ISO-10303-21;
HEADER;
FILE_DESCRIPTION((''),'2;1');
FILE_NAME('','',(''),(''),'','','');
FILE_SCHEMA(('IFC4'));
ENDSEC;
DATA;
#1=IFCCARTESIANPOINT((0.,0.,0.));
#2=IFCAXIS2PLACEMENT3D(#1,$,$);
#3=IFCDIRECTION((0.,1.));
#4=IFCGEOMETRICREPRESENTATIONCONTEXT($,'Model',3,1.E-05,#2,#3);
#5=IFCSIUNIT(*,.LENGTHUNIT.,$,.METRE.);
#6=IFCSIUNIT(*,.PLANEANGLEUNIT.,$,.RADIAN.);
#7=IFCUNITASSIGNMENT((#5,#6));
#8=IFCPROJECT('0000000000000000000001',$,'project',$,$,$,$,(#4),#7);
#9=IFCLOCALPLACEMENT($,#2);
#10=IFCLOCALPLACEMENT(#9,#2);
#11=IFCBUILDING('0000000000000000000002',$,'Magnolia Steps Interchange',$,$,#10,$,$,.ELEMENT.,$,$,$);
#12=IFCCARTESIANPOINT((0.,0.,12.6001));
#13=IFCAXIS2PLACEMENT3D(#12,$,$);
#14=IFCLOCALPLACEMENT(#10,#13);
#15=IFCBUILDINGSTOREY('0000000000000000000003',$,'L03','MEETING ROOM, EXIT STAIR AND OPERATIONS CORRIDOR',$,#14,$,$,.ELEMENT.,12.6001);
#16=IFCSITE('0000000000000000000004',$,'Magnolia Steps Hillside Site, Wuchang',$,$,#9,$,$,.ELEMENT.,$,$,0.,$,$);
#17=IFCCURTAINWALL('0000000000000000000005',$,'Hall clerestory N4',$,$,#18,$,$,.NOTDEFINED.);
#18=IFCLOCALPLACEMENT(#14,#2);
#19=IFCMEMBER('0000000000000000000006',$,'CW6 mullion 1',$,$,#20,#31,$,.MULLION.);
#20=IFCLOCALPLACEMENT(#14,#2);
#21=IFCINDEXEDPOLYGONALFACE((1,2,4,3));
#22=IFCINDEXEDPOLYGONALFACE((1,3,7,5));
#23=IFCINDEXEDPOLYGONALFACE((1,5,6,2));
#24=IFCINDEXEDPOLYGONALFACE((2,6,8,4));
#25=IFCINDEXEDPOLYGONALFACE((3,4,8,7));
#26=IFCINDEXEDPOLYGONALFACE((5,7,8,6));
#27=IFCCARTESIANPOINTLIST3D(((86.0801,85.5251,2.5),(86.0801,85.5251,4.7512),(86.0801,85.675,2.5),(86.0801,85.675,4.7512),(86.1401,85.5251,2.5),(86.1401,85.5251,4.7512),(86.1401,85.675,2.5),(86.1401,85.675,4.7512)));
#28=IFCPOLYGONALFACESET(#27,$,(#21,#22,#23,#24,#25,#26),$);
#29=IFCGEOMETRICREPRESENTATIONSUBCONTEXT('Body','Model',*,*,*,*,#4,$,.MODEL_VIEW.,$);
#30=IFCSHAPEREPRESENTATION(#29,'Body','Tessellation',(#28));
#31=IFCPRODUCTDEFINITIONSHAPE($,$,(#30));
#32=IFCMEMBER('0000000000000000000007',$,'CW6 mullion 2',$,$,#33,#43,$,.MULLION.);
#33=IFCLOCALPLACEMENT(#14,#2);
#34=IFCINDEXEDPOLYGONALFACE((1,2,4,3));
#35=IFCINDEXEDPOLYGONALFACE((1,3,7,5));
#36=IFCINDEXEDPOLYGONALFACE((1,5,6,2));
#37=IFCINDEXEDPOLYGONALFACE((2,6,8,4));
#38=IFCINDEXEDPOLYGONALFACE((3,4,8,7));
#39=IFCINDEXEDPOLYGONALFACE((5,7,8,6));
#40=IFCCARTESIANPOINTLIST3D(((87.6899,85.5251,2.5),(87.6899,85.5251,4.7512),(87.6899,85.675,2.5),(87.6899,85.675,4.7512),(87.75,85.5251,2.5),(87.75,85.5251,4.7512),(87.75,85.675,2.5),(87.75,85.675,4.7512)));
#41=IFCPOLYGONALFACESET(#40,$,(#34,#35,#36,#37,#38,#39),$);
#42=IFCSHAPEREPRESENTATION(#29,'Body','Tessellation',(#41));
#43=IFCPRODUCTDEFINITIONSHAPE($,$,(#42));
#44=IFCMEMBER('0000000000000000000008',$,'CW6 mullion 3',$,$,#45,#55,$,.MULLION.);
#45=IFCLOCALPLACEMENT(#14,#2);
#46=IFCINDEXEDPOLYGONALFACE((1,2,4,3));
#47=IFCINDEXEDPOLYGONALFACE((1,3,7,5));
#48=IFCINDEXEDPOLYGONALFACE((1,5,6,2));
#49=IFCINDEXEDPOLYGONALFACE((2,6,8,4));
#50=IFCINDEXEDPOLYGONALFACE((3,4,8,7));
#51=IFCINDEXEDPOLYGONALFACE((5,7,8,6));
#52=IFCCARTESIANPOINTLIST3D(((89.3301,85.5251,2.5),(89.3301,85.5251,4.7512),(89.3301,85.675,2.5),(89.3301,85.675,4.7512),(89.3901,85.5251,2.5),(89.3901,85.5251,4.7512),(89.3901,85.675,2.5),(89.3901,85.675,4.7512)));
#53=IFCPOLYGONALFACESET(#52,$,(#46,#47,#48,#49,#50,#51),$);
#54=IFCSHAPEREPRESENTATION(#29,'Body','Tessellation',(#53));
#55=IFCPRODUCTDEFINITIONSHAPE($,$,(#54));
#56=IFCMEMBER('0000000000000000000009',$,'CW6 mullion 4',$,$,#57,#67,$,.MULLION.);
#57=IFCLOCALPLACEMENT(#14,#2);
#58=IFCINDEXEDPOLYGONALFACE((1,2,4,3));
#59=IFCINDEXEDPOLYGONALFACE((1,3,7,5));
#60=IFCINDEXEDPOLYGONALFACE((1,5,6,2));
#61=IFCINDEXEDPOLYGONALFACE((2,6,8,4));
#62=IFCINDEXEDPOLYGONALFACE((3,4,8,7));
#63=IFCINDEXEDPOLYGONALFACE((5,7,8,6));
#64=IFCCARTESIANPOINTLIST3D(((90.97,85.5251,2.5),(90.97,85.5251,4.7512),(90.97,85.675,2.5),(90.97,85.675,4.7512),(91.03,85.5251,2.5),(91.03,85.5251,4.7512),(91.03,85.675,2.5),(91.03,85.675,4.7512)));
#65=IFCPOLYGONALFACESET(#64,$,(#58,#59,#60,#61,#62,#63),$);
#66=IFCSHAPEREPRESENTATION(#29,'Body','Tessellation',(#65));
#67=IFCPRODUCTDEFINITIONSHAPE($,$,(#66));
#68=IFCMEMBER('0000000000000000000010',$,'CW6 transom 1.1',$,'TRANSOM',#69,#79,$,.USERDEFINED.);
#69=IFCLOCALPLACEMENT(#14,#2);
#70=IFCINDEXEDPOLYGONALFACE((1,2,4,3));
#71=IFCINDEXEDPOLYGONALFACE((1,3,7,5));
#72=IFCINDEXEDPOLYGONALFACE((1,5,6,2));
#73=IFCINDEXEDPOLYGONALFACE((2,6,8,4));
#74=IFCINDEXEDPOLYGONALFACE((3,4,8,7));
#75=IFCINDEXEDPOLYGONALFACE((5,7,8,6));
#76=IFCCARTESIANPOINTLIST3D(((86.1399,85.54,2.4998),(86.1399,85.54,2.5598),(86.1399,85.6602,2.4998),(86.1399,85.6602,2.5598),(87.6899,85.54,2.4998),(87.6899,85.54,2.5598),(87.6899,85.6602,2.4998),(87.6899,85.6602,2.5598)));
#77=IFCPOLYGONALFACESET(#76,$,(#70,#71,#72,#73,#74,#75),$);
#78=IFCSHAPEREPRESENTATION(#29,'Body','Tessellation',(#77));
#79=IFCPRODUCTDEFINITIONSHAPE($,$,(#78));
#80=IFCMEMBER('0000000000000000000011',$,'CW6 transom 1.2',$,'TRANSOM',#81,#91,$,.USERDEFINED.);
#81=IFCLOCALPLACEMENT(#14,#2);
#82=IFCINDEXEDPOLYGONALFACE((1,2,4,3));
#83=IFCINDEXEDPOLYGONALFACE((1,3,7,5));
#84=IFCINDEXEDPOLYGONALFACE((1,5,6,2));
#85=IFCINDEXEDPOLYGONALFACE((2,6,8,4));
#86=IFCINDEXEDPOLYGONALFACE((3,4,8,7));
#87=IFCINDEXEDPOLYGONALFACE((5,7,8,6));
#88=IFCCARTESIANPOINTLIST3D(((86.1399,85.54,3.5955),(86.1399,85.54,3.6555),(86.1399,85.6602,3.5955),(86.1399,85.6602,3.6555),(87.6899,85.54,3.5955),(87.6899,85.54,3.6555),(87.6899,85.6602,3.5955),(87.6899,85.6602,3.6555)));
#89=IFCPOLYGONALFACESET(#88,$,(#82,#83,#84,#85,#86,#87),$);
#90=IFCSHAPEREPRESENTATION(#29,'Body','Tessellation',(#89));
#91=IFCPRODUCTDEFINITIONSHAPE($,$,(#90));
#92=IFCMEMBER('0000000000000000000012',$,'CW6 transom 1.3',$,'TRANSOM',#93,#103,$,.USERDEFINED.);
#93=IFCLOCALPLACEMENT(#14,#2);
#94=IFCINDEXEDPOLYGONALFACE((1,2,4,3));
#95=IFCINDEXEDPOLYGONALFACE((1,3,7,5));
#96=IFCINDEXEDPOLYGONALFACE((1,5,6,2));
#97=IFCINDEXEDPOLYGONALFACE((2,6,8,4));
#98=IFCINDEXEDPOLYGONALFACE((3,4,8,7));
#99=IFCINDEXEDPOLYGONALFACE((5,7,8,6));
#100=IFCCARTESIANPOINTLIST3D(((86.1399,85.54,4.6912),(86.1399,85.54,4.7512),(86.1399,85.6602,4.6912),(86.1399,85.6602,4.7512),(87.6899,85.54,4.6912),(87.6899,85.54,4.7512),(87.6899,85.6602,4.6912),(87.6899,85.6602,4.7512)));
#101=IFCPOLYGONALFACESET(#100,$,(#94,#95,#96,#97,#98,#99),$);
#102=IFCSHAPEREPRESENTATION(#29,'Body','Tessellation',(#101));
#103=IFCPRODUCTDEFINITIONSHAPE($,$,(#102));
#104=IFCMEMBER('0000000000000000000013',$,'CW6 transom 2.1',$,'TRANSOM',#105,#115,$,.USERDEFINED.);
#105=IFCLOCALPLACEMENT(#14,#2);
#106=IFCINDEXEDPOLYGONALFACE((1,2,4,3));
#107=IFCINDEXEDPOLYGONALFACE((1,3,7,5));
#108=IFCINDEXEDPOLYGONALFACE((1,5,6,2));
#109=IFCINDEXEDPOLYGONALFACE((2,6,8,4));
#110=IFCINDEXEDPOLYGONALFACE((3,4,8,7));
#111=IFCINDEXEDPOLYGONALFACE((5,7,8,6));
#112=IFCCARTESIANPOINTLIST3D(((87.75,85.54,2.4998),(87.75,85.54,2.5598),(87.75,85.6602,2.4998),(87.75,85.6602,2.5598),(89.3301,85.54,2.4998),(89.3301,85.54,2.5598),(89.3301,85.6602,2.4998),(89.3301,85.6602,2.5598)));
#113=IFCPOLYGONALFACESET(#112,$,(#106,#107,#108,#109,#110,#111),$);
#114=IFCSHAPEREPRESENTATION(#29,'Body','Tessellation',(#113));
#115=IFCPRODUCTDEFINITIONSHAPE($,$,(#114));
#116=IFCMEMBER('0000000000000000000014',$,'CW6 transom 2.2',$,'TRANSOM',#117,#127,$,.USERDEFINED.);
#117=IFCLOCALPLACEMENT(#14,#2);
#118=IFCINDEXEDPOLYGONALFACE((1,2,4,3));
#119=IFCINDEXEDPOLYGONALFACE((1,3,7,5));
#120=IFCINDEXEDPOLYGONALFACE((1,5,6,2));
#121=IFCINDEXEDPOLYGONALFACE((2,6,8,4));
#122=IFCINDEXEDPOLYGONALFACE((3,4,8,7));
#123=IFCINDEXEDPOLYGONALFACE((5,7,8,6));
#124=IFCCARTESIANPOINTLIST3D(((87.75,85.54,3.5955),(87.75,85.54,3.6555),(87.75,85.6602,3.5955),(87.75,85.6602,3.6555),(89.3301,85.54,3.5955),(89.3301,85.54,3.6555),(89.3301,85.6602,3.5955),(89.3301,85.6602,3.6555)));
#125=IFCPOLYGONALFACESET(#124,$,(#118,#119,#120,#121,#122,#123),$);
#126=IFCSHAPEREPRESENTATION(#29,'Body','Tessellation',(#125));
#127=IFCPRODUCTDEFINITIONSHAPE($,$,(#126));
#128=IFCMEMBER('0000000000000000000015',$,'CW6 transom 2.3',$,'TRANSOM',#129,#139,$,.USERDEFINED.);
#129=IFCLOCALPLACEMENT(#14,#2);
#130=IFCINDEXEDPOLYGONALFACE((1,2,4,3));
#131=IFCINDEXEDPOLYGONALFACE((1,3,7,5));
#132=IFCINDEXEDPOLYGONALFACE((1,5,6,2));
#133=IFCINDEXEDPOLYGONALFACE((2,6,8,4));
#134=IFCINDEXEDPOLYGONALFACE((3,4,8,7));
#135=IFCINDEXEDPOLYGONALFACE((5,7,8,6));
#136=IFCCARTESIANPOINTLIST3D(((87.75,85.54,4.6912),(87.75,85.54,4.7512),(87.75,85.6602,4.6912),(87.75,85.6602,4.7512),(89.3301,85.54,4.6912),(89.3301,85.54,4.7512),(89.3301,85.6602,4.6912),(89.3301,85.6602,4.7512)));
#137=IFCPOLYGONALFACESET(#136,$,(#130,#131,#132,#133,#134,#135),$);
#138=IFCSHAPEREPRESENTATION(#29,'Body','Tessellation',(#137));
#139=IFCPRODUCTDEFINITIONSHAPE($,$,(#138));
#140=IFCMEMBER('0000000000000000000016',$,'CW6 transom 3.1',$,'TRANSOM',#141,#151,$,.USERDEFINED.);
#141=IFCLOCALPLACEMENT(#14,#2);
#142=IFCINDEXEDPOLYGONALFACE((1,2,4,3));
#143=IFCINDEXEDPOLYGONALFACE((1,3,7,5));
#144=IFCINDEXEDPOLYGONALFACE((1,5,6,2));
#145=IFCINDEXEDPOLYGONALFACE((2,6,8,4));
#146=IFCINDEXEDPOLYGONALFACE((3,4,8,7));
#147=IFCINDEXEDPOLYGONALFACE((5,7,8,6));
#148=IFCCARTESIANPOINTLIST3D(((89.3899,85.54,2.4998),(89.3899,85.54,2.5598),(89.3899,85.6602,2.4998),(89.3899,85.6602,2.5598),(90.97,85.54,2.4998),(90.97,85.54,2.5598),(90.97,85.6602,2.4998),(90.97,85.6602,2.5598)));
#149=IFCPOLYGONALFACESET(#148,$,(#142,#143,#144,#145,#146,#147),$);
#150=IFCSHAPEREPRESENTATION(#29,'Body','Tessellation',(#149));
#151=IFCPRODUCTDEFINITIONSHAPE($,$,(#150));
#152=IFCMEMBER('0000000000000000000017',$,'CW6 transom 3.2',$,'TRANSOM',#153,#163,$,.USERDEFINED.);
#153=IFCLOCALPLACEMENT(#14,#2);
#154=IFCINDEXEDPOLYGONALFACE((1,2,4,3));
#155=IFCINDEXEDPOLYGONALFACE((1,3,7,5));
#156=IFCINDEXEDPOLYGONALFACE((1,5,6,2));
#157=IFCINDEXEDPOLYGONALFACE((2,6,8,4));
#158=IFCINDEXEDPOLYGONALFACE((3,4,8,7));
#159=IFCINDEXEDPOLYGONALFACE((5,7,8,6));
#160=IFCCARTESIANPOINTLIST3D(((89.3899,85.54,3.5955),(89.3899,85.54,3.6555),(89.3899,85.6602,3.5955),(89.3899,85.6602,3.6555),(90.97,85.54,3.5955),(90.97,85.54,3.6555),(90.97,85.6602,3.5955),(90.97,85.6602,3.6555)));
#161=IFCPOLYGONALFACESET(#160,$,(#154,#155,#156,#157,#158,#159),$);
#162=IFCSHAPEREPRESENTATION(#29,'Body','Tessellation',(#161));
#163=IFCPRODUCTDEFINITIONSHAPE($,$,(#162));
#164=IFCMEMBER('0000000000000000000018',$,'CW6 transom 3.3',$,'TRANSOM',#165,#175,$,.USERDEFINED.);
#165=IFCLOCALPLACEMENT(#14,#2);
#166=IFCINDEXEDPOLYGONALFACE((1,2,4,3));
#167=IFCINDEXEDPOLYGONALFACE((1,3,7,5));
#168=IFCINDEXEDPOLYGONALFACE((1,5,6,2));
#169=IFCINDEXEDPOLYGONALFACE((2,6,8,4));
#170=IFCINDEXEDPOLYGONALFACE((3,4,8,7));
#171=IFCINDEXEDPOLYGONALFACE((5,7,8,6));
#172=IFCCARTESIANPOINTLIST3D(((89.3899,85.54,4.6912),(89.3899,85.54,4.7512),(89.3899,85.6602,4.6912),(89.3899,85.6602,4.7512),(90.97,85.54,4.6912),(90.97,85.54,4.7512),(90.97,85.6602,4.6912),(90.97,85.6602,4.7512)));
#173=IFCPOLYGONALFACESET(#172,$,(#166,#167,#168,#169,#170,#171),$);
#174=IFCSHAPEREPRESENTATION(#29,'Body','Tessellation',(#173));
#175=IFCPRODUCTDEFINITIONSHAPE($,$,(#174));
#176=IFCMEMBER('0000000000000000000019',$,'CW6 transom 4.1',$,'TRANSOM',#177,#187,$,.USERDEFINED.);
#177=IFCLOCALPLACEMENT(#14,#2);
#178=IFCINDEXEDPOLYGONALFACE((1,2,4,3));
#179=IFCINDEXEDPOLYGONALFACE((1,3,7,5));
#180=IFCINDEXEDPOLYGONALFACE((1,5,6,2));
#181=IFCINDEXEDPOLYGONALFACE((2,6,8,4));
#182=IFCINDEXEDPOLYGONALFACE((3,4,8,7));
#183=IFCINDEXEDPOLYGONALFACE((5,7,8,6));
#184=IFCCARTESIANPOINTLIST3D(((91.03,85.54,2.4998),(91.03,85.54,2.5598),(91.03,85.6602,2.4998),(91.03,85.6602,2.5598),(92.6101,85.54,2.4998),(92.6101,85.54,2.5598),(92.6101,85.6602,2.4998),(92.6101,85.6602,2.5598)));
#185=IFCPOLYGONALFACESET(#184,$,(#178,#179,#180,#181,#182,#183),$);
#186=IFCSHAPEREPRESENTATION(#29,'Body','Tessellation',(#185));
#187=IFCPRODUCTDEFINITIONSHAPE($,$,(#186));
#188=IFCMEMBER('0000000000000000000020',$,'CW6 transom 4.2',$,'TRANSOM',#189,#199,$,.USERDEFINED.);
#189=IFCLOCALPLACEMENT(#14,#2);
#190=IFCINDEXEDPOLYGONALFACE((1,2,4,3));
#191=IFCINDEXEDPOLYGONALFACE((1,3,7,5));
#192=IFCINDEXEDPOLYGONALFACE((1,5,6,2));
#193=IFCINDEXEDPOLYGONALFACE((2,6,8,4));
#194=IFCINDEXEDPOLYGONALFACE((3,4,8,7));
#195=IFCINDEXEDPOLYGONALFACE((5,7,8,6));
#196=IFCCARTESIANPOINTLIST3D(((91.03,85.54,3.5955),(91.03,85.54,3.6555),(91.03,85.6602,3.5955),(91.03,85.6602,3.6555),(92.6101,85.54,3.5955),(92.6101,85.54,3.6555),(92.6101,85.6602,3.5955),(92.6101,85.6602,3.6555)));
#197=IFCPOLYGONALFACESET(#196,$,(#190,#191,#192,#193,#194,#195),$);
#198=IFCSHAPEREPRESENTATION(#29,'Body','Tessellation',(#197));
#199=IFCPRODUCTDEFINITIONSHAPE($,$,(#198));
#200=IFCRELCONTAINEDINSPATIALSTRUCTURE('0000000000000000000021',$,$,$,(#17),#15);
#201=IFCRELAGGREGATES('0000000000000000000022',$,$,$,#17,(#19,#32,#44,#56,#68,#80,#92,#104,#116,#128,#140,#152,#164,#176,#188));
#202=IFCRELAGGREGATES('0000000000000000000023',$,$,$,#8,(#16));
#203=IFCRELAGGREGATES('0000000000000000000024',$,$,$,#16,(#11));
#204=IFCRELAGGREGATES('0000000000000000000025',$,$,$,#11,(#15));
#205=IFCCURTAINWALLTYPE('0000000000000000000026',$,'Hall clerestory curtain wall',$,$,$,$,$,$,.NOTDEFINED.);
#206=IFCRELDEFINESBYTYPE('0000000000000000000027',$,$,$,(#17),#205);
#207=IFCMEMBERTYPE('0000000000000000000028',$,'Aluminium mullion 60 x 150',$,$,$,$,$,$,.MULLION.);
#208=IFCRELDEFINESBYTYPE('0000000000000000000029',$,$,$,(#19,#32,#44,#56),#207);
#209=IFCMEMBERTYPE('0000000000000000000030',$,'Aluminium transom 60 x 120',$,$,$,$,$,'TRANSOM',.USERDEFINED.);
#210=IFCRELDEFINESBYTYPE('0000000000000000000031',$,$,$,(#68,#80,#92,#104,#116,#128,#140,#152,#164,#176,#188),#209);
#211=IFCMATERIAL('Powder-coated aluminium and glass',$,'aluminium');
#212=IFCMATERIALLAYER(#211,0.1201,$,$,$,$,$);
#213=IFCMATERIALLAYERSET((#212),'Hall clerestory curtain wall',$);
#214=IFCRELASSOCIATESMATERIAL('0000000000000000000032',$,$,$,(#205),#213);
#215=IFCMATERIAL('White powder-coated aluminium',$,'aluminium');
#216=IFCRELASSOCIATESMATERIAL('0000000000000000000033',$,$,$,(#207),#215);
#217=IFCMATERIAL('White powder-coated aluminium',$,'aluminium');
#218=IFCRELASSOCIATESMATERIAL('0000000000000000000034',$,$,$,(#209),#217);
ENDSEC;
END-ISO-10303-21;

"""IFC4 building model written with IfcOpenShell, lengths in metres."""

from ifc_helpers import new_model, si_unit, direction, frame, origin, origin_2d, place, context, subcontext, project, spatial, rectangle, extrude, material, layer, layer_set, material_profile, profile_set, type_object, element, aggregate, save


model = new_model("IFC4")

# Units and contexts
model_context = context("Model", 3, precision=1e-05, world=origin(), true_north=direction((0.0, 1.0)))
body_context = subcontext(model_context, "Body", "Model", "MODEL_VIEW")
ifc_project = project(units=[si_unit("LENGTHUNIT", "METRE"), si_unit("PLANEANGLEUNIT", "RADIAN")], contexts=[model_context])

# Site, building, storey
site_placement = place(None, origin())
site = spatial("IfcSite", under=ifc_project, at=site_placement, Name="Magnolia Steps Hillside Site, Wuchang", CompositionType="ELEMENT", RefElevation=0.0)
building_placement = place(site_placement, origin())
building = spatial("IfcBuilding", under=site, at=building_placement, Name="Magnolia Steps Interchange", CompositionType="ELEMENT")
storey_placement = place(building_placement, frame((0.0, 0.0, 12.6001)))
storey = spatial("IfcBuildingStorey", under=building, at=storey_placement, Name="L03", Description="MEETING ROOM, EXIT STAIR AND OPERATIONS CORRIDOR", CompositionType="ELEMENT", Elevation=12.6001)

# Curtain wall, members
ifc_material_1 = material(Name="Powder-coated aluminium and glass", Category="aluminium")
ifc_layer_1 = layer(ifc_material_1, 0.1201)
ifc_layer_set_1 = layer_set([ifc_layer_1], Name="Hall clerestory curtain wall")
curtain_wall_type = type_object("IfcCurtainWallType", Name="Hall clerestory curtain wall", PredefinedType="NOTDEFINED", material=ifc_layer_set_1)
curtain_wall_placement = place(storey_placement, origin())
curtain_wall = element("IfcCurtainWall", 1, at=curtain_wall_placement, inside=storey, type_object=curtain_wall_type, Name="Hall clerestory N4", PredefinedType="NOTDEFINED")
ifc_material_2 = material(Name="White powder-coated aluminium", Category="aluminium")
ifc_material_profile_1 = material_profile(ifc_material_2, rectangle(XDim=0.0601, YDim=0.1499, at=origin_2d()), Name="Aluminium mullion 60 x 150")
ifc_profile_set_1 = profile_set([ifc_material_profile_1], Name="White powder-coated aluminium")
member_type_1 = type_object("IfcMemberType", Name="Aluminium mullion 60 x 150", PredefinedType="MULLION", material=ifc_profile_set_1)
member_1_placement = place(storey_placement, frame((86.1101, 85.6001, 2.5), z_axis=(0.0, 0.0, 1.0), x_axis=(1.0, 0.0, 0.0)))
member_1 = element("IfcMember", 2, at=member_1_placement, type_object=member_type_1, Name="CW6 mullion 1", PredefinedType="MULLION", context=body_context, shape_type="SweptSolid", body=[
    extrude(rectangle(XDim=0.0601, YDim=0.1499, at=origin_2d()), origin(), (0.0, 0.0, 1.0), 2.2512),
])
member_2_placement = place(storey_placement, frame((87.72, 85.6001, 2.5), z_axis=(0.0, 0.0, 1.0), x_axis=(1.0, 0.0, 0.0)))
member_2 = element("IfcMember", 3, at=member_2_placement, type_object=member_type_1, Name="CW6 mullion 2", PredefinedType="MULLION", context=body_context, shape_type="SweptSolid", body=[
    extrude(rectangle(XDim=0.0601, YDim=0.1499, at=origin_2d()), origin(), (0.0, 0.0, 1.0), 2.2512),
])
member_3_placement = place(storey_placement, frame((89.3601, 85.6001, 2.5), z_axis=(0.0, 0.0, 1.0), x_axis=(1.0, 0.0, 0.0)))
member_3 = element("IfcMember", 4, at=member_3_placement, type_object=member_type_1, Name="CW6 mullion 3", PredefinedType="MULLION", context=body_context, shape_type="SweptSolid", body=[
    extrude(rectangle(XDim=0.0601, YDim=0.1499, at=origin_2d()), origin(), (0.0, 0.0, 1.0), 2.2512),
])
member_4_placement = place(storey_placement, frame((91.0, 85.6001, 2.5), z_axis=(0.0, 0.0, 1.0), x_axis=(1.0, 0.0, 0.0)))
member_4 = element("IfcMember", 5, at=member_4_placement, type_object=member_type_1, Name="CW6 mullion 4", PredefinedType="MULLION", context=body_context, shape_type="SweptSolid", body=[
    extrude(rectangle(XDim=0.0601, YDim=0.1499, at=origin_2d()), origin(), (0.0, 0.0, 1.0), 2.2512),
])
ifc_material_3 = material(Name="White powder-coated aluminium", Category="aluminium")
ifc_material_profile_2 = material_profile(ifc_material_3, rectangle(XDim=0.0601, YDim=0.1201, at=origin_2d()), Name="Aluminium transom 60 x 120")
ifc_profile_set_2 = profile_set([ifc_material_profile_2], Name="White powder-coated aluminium")
member_type_2 = type_object("IfcMemberType", Name="Aluminium transom 60 x 120", ElementType="TRANSOM", PredefinedType="USERDEFINED", material=ifc_profile_set_2)
member_5_placement = place(storey_placement, frame((86.1399, 85.6001, 2.5298), z_axis=(1.0, 0.0, 0.0), x_axis=(0.0, 0.0, 1.0)))
member_5 = element("IfcMember", 6, at=member_5_placement, type_object=member_type_2, Name="CW6 transom 1.1", ObjectType="TRANSOM", PredefinedType="USERDEFINED", context=body_context, shape_type="SweptSolid", body=[
    extrude(rectangle(XDim=0.0601, YDim=0.1201, at=origin_2d()), origin(), (0.0, 0.0, 1.0), 1.55),
])
member_6_placement = place(storey_placement, frame((86.1399, 85.6001, 3.6255), z_axis=(1.0, 0.0, 0.0), x_axis=(0.0, 0.0, 1.0)))
member_6 = element("IfcMember", 7, at=member_6_placement, type_object=member_type_2, Name="CW6 transom 1.2", ObjectType="TRANSOM", PredefinedType="USERDEFINED", context=body_context, shape_type="SweptSolid", body=[
    extrude(rectangle(XDim=0.0601, YDim=0.1201, at=origin_2d()), origin(), (0.0, 0.0, 1.0), 1.55),
])
member_7_placement = place(storey_placement, frame((86.1399, 85.6001, 4.7212), z_axis=(1.0, 0.0, 0.0), x_axis=(0.0, 0.0, 1.0)))
member_7 = element("IfcMember", 8, at=member_7_placement, type_object=member_type_2, Name="CW6 transom 1.3", ObjectType="TRANSOM", PredefinedType="USERDEFINED", context=body_context, shape_type="SweptSolid", body=[
    extrude(rectangle(XDim=0.0601, YDim=0.1201, at=origin_2d()), origin(), (0.0, 0.0, 1.0), 1.55),
])
member_8_placement = place(storey_placement, frame((87.75, 85.6001, 2.5298), z_axis=(1.0, 0.0, 0.0), x_axis=(0.0, 0.0, 1.0)))
member_8 = element("IfcMember", 9, at=member_8_placement, type_object=member_type_2, Name="CW6 transom 2.1", ObjectType="TRANSOM", PredefinedType="USERDEFINED", context=body_context, shape_type="SweptSolid", body=[
    extrude(rectangle(XDim=0.0601, YDim=0.1201, at=origin_2d()), origin(), (0.0, 0.0, 1.0), 1.5801),
])
member_9_placement = place(storey_placement, frame((87.75, 85.6001, 3.6255), z_axis=(1.0, 0.0, 0.0), x_axis=(0.0, 0.0, 1.0)))
member_9 = element("IfcMember", 10, at=member_9_placement, type_object=member_type_2, Name="CW6 transom 2.2", ObjectType="TRANSOM", PredefinedType="USERDEFINED", context=body_context, shape_type="SweptSolid", body=[
    extrude(rectangle(XDim=0.0601, YDim=0.1201, at=origin_2d()), origin(), (0.0, 0.0, 1.0), 1.5801),
])
member_10_placement = place(storey_placement, frame((87.75, 85.6001, 4.7212), z_axis=(1.0, 0.0, 0.0), x_axis=(0.0, 0.0, 1.0)))
member_10 = element("IfcMember", 11, at=member_10_placement, type_object=member_type_2, Name="CW6 transom 2.3", ObjectType="TRANSOM", PredefinedType="USERDEFINED", context=body_context, shape_type="SweptSolid", body=[
    extrude(rectangle(XDim=0.0601, YDim=0.1201, at=origin_2d()), origin(), (0.0, 0.0, 1.0), 1.5801),
])
member_11_placement = place(storey_placement, frame((89.3899, 85.6001, 2.5298), z_axis=(1.0, 0.0, 0.0), x_axis=(0.0, 0.0, 1.0)))
member_11 = element("IfcMember", 12, at=member_11_placement, type_object=member_type_2, Name="CW6 transom 3.1", ObjectType="TRANSOM", PredefinedType="USERDEFINED", context=body_context, shape_type="SweptSolid", body=[
    extrude(rectangle(XDim=0.0601, YDim=0.1201, at=origin_2d()), origin(), (0.0, 0.0, 1.0), 1.5801),
])
member_12_placement = place(storey_placement, frame((89.3899, 85.6001, 3.6255), z_axis=(1.0, 0.0, 0.0), x_axis=(0.0, 0.0, 1.0)))
member_12 = element("IfcMember", 13, at=member_12_placement, type_object=member_type_2, Name="CW6 transom 3.2", ObjectType="TRANSOM", PredefinedType="USERDEFINED", context=body_context, shape_type="SweptSolid", body=[
    extrude(rectangle(XDim=0.0601, YDim=0.1201, at=origin_2d()), origin(), (0.0, 0.0, 1.0), 1.5801),
])
member_13_placement = place(storey_placement, frame((89.3899, 85.6001, 4.7212), z_axis=(1.0, 0.0, 0.0), x_axis=(0.0, 0.0, 1.0)))
member_13 = element("IfcMember", 14, at=member_13_placement, type_object=member_type_2, Name="CW6 transom 3.3", ObjectType="TRANSOM", PredefinedType="USERDEFINED", context=body_context, shape_type="SweptSolid", body=[
    extrude(rectangle(XDim=0.0601, YDim=0.1201, at=origin_2d()), origin(), (0.0, 0.0, 1.0), 1.5801),
])
member_14_placement = place(storey_placement, frame((91.03, 85.6001, 2.5298), z_axis=(1.0, 0.0, 0.0), x_axis=(0.0, 0.0, 1.0)))
member_14 = element("IfcMember", 15, at=member_14_placement, type_object=member_type_2, Name="CW6 transom 4.1", ObjectType="TRANSOM", PredefinedType="USERDEFINED", context=body_context, shape_type="SweptSolid", body=[
    extrude(rectangle(XDim=0.0601, YDim=0.1201, at=origin_2d()), origin(), (0.0, 0.0, 1.0), 1.5801),
])
member_15_placement = place(storey_placement, frame((91.03, 85.6001, 3.6255), z_axis=(1.0, 0.0, 0.0), x_axis=(0.0, 0.0, 1.0)))
member_15 = element("IfcMember", 16, at=member_15_placement, type_object=member_type_2, Name="CW6 transom 4.2", ObjectType="TRANSOM", PredefinedType="USERDEFINED", context=body_context, shape_type="SweptSolid", body=[
    extrude(rectangle(XDim=0.0601, YDim=0.1201, at=origin_2d()), origin(), (0.0, 0.0, 1.0), 1.5801),
])

aggregate(curtain_wall, [member_1, member_2, member_3, member_4, member_5, member_6, member_7, member_8, member_9, member_10, member_11, member_12, member_13, member_14, member_15])

save(model, "model.ifc")
